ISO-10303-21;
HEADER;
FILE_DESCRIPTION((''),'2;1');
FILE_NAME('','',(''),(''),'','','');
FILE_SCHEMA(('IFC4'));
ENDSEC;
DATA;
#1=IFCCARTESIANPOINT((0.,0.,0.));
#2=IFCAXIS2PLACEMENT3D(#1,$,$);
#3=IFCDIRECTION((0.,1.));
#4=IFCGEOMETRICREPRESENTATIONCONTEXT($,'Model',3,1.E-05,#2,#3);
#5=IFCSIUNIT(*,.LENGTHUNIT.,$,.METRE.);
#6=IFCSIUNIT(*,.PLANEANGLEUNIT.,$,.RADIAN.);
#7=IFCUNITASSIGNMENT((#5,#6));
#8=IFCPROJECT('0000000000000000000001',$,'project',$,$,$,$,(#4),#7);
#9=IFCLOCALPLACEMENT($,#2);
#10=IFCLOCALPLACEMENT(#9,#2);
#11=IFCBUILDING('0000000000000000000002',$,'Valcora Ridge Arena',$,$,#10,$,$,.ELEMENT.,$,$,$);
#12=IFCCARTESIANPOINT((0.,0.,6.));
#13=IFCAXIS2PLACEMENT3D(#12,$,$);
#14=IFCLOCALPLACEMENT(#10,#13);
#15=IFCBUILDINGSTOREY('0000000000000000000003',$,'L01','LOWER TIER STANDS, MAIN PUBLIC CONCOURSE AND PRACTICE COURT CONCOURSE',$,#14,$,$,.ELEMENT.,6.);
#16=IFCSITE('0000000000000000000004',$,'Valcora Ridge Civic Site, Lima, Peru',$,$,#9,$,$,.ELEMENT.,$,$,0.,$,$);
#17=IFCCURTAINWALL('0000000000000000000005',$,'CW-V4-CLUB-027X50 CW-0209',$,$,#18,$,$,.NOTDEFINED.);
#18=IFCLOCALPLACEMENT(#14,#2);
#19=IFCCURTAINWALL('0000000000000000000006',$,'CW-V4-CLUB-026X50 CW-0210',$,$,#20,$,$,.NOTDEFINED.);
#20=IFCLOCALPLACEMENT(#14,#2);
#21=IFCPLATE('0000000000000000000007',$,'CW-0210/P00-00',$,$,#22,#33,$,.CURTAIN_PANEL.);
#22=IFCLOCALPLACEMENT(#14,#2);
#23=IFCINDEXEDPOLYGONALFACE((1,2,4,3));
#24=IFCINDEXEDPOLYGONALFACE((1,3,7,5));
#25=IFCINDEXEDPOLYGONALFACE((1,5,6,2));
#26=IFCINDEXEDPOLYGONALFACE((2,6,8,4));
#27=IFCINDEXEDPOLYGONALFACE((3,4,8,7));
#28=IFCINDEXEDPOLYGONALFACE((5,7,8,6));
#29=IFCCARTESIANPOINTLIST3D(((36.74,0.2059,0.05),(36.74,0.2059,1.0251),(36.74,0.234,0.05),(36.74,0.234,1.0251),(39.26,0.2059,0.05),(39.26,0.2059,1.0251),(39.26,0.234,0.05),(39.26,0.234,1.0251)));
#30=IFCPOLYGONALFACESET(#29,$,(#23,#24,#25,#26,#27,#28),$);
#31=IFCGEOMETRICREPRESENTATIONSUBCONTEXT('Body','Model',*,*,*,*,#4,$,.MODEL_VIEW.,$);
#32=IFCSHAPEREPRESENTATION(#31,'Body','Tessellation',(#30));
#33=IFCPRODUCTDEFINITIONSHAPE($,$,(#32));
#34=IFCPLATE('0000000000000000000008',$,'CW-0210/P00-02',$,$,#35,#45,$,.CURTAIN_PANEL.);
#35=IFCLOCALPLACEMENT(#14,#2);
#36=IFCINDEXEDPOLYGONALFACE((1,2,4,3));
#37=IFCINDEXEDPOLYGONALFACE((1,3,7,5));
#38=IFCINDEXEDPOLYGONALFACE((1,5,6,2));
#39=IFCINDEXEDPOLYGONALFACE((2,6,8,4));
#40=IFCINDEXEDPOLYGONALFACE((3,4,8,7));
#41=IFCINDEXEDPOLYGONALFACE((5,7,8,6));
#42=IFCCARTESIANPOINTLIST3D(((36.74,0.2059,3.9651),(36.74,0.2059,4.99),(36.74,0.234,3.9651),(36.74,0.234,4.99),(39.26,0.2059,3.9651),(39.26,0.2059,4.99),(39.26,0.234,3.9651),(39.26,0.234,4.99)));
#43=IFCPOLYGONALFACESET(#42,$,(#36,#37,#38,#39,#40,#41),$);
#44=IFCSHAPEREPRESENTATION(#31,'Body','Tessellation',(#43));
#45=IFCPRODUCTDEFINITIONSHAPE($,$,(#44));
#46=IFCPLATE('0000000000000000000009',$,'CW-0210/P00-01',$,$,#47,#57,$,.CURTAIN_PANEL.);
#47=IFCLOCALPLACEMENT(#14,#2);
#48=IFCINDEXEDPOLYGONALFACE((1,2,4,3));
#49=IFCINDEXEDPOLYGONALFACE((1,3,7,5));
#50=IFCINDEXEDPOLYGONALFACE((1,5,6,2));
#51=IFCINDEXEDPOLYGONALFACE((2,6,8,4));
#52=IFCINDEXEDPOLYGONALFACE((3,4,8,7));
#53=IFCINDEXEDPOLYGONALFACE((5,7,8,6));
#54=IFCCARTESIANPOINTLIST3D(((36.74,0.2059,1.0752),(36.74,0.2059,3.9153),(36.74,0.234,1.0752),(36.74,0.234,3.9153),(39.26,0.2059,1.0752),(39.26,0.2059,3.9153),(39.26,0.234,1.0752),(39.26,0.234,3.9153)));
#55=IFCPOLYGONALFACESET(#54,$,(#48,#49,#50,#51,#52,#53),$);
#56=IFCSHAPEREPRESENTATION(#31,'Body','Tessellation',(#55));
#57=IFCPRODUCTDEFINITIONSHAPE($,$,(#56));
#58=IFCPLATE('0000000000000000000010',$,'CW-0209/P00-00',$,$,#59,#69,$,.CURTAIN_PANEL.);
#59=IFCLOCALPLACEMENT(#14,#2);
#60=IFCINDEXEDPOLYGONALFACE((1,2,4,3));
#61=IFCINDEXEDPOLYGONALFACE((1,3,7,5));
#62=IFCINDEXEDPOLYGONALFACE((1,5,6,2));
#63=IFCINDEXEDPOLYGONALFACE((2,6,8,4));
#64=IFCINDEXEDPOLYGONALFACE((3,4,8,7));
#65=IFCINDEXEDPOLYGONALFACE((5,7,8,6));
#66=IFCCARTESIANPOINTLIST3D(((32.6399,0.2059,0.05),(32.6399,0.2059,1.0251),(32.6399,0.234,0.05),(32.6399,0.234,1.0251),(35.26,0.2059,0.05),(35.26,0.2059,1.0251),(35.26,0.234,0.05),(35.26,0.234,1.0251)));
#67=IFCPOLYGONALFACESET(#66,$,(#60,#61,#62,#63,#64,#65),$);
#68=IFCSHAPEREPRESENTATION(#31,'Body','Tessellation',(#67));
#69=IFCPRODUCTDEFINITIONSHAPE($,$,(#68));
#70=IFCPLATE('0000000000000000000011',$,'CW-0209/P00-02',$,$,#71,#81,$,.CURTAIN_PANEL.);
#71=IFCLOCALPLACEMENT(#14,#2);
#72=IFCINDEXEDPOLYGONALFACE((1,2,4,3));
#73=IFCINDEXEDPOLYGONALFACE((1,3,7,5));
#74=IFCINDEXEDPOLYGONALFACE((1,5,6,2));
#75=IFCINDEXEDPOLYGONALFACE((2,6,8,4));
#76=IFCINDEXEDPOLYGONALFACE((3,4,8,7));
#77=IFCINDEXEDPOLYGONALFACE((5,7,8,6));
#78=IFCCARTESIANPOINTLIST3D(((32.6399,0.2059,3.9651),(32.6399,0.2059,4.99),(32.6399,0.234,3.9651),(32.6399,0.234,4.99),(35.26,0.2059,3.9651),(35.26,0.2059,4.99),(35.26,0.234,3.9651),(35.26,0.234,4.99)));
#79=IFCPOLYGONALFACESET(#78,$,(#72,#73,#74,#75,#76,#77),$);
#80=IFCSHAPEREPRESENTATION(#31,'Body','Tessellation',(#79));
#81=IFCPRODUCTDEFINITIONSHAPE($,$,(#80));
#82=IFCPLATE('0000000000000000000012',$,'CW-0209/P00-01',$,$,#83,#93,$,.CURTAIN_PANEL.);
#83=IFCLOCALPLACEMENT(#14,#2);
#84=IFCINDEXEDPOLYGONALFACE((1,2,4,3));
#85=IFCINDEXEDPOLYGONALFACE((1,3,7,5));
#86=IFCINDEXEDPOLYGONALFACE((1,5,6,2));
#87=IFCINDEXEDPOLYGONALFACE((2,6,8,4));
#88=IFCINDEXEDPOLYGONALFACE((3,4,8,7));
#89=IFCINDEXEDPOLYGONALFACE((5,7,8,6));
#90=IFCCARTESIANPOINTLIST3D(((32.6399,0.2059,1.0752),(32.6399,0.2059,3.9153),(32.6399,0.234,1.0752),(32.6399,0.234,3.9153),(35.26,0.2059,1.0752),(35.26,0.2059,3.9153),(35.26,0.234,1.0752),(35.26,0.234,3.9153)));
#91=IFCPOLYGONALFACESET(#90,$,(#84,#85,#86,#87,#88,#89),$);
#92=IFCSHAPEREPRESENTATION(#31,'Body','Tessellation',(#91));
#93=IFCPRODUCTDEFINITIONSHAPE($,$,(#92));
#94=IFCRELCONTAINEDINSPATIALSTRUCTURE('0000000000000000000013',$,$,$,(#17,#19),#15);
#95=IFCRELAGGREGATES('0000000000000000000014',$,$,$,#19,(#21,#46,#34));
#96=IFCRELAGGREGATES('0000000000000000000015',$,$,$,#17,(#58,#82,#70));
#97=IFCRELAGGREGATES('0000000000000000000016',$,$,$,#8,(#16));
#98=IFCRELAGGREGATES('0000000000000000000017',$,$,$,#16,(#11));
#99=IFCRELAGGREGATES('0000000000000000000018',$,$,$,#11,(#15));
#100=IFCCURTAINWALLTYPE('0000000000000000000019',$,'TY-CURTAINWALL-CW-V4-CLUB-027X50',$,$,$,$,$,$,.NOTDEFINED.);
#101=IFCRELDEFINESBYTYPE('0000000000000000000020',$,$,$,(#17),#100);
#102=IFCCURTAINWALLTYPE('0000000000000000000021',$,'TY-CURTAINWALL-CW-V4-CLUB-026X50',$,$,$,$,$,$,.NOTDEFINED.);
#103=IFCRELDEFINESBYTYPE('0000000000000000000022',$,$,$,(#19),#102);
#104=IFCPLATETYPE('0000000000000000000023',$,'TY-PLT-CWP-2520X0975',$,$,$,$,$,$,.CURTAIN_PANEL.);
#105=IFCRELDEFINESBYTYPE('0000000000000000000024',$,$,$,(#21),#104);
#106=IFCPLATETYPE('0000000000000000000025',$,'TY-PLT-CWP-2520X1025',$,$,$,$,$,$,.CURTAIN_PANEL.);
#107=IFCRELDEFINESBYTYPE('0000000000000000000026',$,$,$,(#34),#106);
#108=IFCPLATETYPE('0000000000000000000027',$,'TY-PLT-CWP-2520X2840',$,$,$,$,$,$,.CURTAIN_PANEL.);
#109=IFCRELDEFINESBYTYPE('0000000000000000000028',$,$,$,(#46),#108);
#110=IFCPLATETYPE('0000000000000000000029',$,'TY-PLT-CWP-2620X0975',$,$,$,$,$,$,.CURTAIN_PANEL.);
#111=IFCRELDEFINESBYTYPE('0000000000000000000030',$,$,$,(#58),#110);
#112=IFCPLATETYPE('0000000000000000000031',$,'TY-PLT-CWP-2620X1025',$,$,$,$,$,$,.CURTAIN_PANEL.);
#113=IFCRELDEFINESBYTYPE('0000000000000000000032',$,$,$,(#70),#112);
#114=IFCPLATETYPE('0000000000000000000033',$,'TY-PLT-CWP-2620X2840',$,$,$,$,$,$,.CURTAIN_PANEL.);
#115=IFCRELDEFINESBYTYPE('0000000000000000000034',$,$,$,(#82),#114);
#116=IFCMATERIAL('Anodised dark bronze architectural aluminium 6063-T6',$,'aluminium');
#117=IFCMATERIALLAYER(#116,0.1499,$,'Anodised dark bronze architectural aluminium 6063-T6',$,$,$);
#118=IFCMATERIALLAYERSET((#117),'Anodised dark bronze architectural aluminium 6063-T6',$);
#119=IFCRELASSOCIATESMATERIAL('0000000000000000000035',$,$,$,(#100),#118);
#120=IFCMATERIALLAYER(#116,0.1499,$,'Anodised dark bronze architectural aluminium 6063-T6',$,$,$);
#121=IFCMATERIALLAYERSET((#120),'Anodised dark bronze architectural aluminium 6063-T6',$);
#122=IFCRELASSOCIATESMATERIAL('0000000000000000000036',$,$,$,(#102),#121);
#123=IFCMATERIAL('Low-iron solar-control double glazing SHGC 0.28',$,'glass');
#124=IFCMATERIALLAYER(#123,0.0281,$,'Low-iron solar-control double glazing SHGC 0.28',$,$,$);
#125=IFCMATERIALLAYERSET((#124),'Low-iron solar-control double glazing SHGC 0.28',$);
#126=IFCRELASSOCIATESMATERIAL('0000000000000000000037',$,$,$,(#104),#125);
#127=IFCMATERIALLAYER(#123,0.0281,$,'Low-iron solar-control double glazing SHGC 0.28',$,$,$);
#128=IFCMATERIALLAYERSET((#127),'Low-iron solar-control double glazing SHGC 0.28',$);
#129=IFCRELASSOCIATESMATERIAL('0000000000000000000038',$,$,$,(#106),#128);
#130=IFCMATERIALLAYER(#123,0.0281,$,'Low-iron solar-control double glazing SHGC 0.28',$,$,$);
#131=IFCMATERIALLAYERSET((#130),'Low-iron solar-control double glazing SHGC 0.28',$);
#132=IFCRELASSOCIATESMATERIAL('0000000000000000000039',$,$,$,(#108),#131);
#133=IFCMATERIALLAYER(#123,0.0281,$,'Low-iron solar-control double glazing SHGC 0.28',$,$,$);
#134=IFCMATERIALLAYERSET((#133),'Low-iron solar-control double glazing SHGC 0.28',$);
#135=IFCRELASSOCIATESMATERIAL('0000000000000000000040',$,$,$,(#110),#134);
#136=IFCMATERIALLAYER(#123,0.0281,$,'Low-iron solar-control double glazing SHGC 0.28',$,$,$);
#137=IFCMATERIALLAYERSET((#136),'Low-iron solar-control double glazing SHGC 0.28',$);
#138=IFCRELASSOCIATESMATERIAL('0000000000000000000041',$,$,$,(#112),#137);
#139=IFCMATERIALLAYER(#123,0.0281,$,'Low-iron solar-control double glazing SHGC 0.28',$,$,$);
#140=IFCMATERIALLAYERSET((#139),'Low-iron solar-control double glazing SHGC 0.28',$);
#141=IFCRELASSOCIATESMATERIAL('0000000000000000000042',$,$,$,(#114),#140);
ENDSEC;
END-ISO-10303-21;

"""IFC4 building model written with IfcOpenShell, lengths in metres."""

from ifc_helpers import new_model, si_unit, direction, frame, origin, origin_2d, place, context, subcontext, project, spatial, rectangle, extrude, material, layer, layer_set, type_object, element, aggregate, save


model = new_model("IFC4")

# Units and contexts
model_context = context("Model", 3, precision=1e-05, world=origin(), true_north=direction((0.0, 1.0)))
body_context = subcontext(model_context, "Body", "Model", "MODEL_VIEW")
ifc_project = project(units=[si_unit("LENGTHUNIT", "METRE"), si_unit("PLANEANGLEUNIT", "RADIAN")], contexts=[model_context])

# Site, building, storey
site_placement = place(None, origin())
site = spatial("IfcSite", under=ifc_project, at=site_placement, Name="Valcora Ridge Civic Site, Lima, Peru", CompositionType="ELEMENT", RefElevation=0.0)
building_placement = place(site_placement, origin())
building = spatial("IfcBuilding", under=site, at=building_placement, Name="Valcora Ridge Arena", CompositionType="ELEMENT")
storey_placement = place(building_placement, frame((0.0, 0.0, 6.0)))
storey = spatial("IfcBuildingStorey", under=building, at=storey_placement, Name="L01", Description="LOWER TIER STANDS, MAIN PUBLIC CONCOURSE AND PRACTICE COURT CONCOURSE", CompositionType="ELEMENT", Elevation=6.0)

# Curtain wall
ifc_material_1 = material(Name="Anodised dark bronze architectural aluminium 6063-T6", Category="aluminium")
ifc_layer_1 = layer(ifc_material_1, 0.1499, Name="Anodised dark bronze architectural aluminium 6063-T6")
ifc_layer_set_1 = layer_set([ifc_layer_1], Name="Anodised dark bronze architectural aluminium 6063-T6")
curtain_wall_type_1 = type_object("IfcCurtainWallType", Name="TY-CURTAINWALL-CW-V4-CLUB-027X50", PredefinedType="NOTDEFINED", material=ifc_layer_set_1)
curtain_wall_1_placement = place(storey_placement, origin())
curtain_wall_1 = element("IfcCurtainWall", 1, at=curtain_wall_1_placement, inside=storey, type_object=curtain_wall_type_1, Name="CW-V4-CLUB-027X50 CW-0209", PredefinedType="NOTDEFINED")

# Curtain wall
ifc_layer_2 = layer(ifc_material_1, 0.1499, Name="Anodised dark bronze architectural aluminium 6063-T6")
ifc_layer_set_2 = layer_set([ifc_layer_2], Name="Anodised dark bronze architectural aluminium 6063-T6")
curtain_wall_type_2 = type_object("IfcCurtainWallType", Name="TY-CURTAINWALL-CW-V4-CLUB-026X50", PredefinedType="NOTDEFINED", material=ifc_layer_set_2)
curtain_wall_2_placement = place(storey_placement, origin())
curtain_wall_2 = element("IfcCurtainWall", 2, at=curtain_wall_2_placement, inside=storey, type_object=curtain_wall_type_2, Name="CW-V4-CLUB-026X50 CW-0210", PredefinedType="NOTDEFINED")

# Plates
ifc_material_2 = material(Name="Low-iron solar-control double glazing SHGC 0.28", Category="glass")
ifc_layer_3 = layer(ifc_material_2, 0.0281, Name="Low-iron solar-control double glazing SHGC 0.28")
ifc_layer_set_3 = layer_set([ifc_layer_3], Name="Low-iron solar-control double glazing SHGC 0.28")
plate_type_1 = type_object("IfcPlateType", Name="TY-PLT-CWP-2520X0975", PredefinedType="CURTAIN_PANEL", material=ifc_layer_set_3)
plate_1_placement = place(storey_placement, frame((38.0, 0.22, 0.05), z_axis=(0.0, 0.0, 1.0), x_axis=(1.0, 0.0, 0.0)))
plate_1 = element("IfcPlate", 3, at=plate_1_placement, type_object=plate_type_1, Name="CW-0210/P00-00", PredefinedType="CURTAIN_PANEL", context=body_context, shape_type="SweptSolid", body=[
    extrude(rectangle(XDim=2.52, YDim=0.0281, at=origin_2d()), origin(), (0.0, 0.0, 1.0), 0.9751),
])
ifc_layer_4 = layer(ifc_material_2, 0.0281, Name="Low-iron solar-control double glazing SHGC 0.28")
ifc_layer_set_4 = layer_set([ifc_layer_4], Name="Low-iron solar-control double glazing SHGC 0.28")
plate_type_2 = type_object("IfcPlateType", Name="TY-PLT-CWP-2520X1025", PredefinedType="CURTAIN_PANEL", material=ifc_layer_set_4)
plate_2_placement = place(storey_placement, frame((38.0, 0.22, 3.9651), z_axis=(0.0, 0.0, 1.0), x_axis=(1.0, 0.0, 0.0)))
plate_2 = element("IfcPlate", 4, at=plate_2_placement, type_object=plate_type_2, Name="CW-0210/P00-02", PredefinedType="CURTAIN_PANEL", context=body_context, shape_type="SweptSolid", body=[
    extrude(rectangle(XDim=2.52, YDim=0.0281, at=origin_2d()), origin(), (0.0, 0.0, 1.0), 1.0249),
])
ifc_layer_5 = layer(ifc_material_2, 0.0281, Name="Low-iron solar-control double glazing SHGC 0.28")
ifc_layer_set_5 = layer_set([ifc_layer_5], Name="Low-iron solar-control double glazing SHGC 0.28")
plate_type_3 = type_object("IfcPlateType", Name="TY-PLT-CWP-2520X2840", PredefinedType="CURTAIN_PANEL", material=ifc_layer_set_5)
plate_3_placement = place(storey_placement, frame((38.0, 0.22, 1.0752), z_axis=(0.0, 0.0, 1.0), x_axis=(1.0, 0.0, 0.0)))
plate_3 = element("IfcPlate", 5, at=plate_3_placement, type_object=plate_type_3, Name="CW-0210/P00-01", PredefinedType="CURTAIN_PANEL", context=body_context, shape_type="SweptSolid", body=[
    extrude(rectangle(XDim=2.52, YDim=0.0281, at=origin_2d()), origin(), (0.0, 0.0, 1.0), 2.8401),
])
aggregate(curtain_wall_2, [plate_1, plate_3, plate_2])
ifc_layer_6 = layer(ifc_material_2, 0.0281, Name="Low-iron solar-control double glazing SHGC 0.28")
ifc_layer_set_6 = layer_set([ifc_layer_6], Name="Low-iron solar-control double glazing SHGC 0.28")
plate_type_4 = type_object("IfcPlateType", Name="TY-PLT-CWP-2620X0975", PredefinedType="CURTAIN_PANEL", material=ifc_layer_set_6)
plate_4_placement = place(storey_placement, frame((33.95, 0.22, 0.05), z_axis=(0.0, 0.0, 1.0), x_axis=(1.0, 0.0, 0.0)))
plate_4 = element("IfcPlate", 6, at=plate_4_placement, type_object=plate_type_4, Name="CW-0209/P00-00", PredefinedType="CURTAIN_PANEL", context=body_context, shape_type="SweptSolid", body=[
    extrude(rectangle(XDim=2.6201, YDim=0.0281, at=origin_2d()), origin(), (0.0, 0.0, 1.0), 0.9751),
])
ifc_layer_7 = layer(ifc_material_2, 0.0281, Name="Low-iron solar-control double glazing SHGC 0.28")
ifc_layer_set_7 = layer_set([ifc_layer_7], Name="Low-iron solar-control double glazing SHGC 0.28")
plate_type_5 = type_object("IfcPlateType", Name="TY-PLT-CWP-2620X1025", PredefinedType="CURTAIN_PANEL", material=ifc_layer_set_7)
plate_5_placement = place(storey_placement, frame((33.95, 0.22, 3.9651), z_axis=(0.0, 0.0, 1.0), x_axis=(1.0, 0.0, 0.0)))
plate_5 = element("IfcPlate", 7, at=plate_5_placement, type_object=plate_type_5, Name="CW-0209/P00-02", PredefinedType="CURTAIN_PANEL", context=body_context, shape_type="SweptSolid", body=[
    extrude(rectangle(XDim=2.6201, YDim=0.0281, at=origin_2d()), origin(), (0.0, 0.0, 1.0), 1.0249),
])
ifc_layer_8 = layer(ifc_material_2, 0.0281, Name="Low-iron solar-control double glazing SHGC 0.28")
ifc_layer_set_8 = layer_set([ifc_layer_8], Name="Low-iron solar-control double glazing SHGC 0.28")
plate_type_6 = type_object("IfcPlateType", Name="TY-PLT-CWP-2620X2840", PredefinedType="CURTAIN_PANEL", material=ifc_layer_set_8)
plate_6_placement = place(storey_placement, frame((33.95, 0.22, 1.0752), z_axis=(0.0, 0.0, 1.0), x_axis=(1.0, 0.0, 0.0)))
plate_6 = element("IfcPlate", 8, at=plate_6_placement, type_object=plate_type_6, Name="CW-0209/P00-01", PredefinedType="CURTAIN_PANEL", context=body_context, shape_type="SweptSolid", body=[
    extrude(rectangle(XDim=2.6201, YDim=0.0281, at=origin_2d()), origin(), (0.0, 0.0, 1.0), 2.8401),
])
aggregate(curtain_wall_1, [plate_4, plate_6, plate_5])

save(model, "model.ifc")
